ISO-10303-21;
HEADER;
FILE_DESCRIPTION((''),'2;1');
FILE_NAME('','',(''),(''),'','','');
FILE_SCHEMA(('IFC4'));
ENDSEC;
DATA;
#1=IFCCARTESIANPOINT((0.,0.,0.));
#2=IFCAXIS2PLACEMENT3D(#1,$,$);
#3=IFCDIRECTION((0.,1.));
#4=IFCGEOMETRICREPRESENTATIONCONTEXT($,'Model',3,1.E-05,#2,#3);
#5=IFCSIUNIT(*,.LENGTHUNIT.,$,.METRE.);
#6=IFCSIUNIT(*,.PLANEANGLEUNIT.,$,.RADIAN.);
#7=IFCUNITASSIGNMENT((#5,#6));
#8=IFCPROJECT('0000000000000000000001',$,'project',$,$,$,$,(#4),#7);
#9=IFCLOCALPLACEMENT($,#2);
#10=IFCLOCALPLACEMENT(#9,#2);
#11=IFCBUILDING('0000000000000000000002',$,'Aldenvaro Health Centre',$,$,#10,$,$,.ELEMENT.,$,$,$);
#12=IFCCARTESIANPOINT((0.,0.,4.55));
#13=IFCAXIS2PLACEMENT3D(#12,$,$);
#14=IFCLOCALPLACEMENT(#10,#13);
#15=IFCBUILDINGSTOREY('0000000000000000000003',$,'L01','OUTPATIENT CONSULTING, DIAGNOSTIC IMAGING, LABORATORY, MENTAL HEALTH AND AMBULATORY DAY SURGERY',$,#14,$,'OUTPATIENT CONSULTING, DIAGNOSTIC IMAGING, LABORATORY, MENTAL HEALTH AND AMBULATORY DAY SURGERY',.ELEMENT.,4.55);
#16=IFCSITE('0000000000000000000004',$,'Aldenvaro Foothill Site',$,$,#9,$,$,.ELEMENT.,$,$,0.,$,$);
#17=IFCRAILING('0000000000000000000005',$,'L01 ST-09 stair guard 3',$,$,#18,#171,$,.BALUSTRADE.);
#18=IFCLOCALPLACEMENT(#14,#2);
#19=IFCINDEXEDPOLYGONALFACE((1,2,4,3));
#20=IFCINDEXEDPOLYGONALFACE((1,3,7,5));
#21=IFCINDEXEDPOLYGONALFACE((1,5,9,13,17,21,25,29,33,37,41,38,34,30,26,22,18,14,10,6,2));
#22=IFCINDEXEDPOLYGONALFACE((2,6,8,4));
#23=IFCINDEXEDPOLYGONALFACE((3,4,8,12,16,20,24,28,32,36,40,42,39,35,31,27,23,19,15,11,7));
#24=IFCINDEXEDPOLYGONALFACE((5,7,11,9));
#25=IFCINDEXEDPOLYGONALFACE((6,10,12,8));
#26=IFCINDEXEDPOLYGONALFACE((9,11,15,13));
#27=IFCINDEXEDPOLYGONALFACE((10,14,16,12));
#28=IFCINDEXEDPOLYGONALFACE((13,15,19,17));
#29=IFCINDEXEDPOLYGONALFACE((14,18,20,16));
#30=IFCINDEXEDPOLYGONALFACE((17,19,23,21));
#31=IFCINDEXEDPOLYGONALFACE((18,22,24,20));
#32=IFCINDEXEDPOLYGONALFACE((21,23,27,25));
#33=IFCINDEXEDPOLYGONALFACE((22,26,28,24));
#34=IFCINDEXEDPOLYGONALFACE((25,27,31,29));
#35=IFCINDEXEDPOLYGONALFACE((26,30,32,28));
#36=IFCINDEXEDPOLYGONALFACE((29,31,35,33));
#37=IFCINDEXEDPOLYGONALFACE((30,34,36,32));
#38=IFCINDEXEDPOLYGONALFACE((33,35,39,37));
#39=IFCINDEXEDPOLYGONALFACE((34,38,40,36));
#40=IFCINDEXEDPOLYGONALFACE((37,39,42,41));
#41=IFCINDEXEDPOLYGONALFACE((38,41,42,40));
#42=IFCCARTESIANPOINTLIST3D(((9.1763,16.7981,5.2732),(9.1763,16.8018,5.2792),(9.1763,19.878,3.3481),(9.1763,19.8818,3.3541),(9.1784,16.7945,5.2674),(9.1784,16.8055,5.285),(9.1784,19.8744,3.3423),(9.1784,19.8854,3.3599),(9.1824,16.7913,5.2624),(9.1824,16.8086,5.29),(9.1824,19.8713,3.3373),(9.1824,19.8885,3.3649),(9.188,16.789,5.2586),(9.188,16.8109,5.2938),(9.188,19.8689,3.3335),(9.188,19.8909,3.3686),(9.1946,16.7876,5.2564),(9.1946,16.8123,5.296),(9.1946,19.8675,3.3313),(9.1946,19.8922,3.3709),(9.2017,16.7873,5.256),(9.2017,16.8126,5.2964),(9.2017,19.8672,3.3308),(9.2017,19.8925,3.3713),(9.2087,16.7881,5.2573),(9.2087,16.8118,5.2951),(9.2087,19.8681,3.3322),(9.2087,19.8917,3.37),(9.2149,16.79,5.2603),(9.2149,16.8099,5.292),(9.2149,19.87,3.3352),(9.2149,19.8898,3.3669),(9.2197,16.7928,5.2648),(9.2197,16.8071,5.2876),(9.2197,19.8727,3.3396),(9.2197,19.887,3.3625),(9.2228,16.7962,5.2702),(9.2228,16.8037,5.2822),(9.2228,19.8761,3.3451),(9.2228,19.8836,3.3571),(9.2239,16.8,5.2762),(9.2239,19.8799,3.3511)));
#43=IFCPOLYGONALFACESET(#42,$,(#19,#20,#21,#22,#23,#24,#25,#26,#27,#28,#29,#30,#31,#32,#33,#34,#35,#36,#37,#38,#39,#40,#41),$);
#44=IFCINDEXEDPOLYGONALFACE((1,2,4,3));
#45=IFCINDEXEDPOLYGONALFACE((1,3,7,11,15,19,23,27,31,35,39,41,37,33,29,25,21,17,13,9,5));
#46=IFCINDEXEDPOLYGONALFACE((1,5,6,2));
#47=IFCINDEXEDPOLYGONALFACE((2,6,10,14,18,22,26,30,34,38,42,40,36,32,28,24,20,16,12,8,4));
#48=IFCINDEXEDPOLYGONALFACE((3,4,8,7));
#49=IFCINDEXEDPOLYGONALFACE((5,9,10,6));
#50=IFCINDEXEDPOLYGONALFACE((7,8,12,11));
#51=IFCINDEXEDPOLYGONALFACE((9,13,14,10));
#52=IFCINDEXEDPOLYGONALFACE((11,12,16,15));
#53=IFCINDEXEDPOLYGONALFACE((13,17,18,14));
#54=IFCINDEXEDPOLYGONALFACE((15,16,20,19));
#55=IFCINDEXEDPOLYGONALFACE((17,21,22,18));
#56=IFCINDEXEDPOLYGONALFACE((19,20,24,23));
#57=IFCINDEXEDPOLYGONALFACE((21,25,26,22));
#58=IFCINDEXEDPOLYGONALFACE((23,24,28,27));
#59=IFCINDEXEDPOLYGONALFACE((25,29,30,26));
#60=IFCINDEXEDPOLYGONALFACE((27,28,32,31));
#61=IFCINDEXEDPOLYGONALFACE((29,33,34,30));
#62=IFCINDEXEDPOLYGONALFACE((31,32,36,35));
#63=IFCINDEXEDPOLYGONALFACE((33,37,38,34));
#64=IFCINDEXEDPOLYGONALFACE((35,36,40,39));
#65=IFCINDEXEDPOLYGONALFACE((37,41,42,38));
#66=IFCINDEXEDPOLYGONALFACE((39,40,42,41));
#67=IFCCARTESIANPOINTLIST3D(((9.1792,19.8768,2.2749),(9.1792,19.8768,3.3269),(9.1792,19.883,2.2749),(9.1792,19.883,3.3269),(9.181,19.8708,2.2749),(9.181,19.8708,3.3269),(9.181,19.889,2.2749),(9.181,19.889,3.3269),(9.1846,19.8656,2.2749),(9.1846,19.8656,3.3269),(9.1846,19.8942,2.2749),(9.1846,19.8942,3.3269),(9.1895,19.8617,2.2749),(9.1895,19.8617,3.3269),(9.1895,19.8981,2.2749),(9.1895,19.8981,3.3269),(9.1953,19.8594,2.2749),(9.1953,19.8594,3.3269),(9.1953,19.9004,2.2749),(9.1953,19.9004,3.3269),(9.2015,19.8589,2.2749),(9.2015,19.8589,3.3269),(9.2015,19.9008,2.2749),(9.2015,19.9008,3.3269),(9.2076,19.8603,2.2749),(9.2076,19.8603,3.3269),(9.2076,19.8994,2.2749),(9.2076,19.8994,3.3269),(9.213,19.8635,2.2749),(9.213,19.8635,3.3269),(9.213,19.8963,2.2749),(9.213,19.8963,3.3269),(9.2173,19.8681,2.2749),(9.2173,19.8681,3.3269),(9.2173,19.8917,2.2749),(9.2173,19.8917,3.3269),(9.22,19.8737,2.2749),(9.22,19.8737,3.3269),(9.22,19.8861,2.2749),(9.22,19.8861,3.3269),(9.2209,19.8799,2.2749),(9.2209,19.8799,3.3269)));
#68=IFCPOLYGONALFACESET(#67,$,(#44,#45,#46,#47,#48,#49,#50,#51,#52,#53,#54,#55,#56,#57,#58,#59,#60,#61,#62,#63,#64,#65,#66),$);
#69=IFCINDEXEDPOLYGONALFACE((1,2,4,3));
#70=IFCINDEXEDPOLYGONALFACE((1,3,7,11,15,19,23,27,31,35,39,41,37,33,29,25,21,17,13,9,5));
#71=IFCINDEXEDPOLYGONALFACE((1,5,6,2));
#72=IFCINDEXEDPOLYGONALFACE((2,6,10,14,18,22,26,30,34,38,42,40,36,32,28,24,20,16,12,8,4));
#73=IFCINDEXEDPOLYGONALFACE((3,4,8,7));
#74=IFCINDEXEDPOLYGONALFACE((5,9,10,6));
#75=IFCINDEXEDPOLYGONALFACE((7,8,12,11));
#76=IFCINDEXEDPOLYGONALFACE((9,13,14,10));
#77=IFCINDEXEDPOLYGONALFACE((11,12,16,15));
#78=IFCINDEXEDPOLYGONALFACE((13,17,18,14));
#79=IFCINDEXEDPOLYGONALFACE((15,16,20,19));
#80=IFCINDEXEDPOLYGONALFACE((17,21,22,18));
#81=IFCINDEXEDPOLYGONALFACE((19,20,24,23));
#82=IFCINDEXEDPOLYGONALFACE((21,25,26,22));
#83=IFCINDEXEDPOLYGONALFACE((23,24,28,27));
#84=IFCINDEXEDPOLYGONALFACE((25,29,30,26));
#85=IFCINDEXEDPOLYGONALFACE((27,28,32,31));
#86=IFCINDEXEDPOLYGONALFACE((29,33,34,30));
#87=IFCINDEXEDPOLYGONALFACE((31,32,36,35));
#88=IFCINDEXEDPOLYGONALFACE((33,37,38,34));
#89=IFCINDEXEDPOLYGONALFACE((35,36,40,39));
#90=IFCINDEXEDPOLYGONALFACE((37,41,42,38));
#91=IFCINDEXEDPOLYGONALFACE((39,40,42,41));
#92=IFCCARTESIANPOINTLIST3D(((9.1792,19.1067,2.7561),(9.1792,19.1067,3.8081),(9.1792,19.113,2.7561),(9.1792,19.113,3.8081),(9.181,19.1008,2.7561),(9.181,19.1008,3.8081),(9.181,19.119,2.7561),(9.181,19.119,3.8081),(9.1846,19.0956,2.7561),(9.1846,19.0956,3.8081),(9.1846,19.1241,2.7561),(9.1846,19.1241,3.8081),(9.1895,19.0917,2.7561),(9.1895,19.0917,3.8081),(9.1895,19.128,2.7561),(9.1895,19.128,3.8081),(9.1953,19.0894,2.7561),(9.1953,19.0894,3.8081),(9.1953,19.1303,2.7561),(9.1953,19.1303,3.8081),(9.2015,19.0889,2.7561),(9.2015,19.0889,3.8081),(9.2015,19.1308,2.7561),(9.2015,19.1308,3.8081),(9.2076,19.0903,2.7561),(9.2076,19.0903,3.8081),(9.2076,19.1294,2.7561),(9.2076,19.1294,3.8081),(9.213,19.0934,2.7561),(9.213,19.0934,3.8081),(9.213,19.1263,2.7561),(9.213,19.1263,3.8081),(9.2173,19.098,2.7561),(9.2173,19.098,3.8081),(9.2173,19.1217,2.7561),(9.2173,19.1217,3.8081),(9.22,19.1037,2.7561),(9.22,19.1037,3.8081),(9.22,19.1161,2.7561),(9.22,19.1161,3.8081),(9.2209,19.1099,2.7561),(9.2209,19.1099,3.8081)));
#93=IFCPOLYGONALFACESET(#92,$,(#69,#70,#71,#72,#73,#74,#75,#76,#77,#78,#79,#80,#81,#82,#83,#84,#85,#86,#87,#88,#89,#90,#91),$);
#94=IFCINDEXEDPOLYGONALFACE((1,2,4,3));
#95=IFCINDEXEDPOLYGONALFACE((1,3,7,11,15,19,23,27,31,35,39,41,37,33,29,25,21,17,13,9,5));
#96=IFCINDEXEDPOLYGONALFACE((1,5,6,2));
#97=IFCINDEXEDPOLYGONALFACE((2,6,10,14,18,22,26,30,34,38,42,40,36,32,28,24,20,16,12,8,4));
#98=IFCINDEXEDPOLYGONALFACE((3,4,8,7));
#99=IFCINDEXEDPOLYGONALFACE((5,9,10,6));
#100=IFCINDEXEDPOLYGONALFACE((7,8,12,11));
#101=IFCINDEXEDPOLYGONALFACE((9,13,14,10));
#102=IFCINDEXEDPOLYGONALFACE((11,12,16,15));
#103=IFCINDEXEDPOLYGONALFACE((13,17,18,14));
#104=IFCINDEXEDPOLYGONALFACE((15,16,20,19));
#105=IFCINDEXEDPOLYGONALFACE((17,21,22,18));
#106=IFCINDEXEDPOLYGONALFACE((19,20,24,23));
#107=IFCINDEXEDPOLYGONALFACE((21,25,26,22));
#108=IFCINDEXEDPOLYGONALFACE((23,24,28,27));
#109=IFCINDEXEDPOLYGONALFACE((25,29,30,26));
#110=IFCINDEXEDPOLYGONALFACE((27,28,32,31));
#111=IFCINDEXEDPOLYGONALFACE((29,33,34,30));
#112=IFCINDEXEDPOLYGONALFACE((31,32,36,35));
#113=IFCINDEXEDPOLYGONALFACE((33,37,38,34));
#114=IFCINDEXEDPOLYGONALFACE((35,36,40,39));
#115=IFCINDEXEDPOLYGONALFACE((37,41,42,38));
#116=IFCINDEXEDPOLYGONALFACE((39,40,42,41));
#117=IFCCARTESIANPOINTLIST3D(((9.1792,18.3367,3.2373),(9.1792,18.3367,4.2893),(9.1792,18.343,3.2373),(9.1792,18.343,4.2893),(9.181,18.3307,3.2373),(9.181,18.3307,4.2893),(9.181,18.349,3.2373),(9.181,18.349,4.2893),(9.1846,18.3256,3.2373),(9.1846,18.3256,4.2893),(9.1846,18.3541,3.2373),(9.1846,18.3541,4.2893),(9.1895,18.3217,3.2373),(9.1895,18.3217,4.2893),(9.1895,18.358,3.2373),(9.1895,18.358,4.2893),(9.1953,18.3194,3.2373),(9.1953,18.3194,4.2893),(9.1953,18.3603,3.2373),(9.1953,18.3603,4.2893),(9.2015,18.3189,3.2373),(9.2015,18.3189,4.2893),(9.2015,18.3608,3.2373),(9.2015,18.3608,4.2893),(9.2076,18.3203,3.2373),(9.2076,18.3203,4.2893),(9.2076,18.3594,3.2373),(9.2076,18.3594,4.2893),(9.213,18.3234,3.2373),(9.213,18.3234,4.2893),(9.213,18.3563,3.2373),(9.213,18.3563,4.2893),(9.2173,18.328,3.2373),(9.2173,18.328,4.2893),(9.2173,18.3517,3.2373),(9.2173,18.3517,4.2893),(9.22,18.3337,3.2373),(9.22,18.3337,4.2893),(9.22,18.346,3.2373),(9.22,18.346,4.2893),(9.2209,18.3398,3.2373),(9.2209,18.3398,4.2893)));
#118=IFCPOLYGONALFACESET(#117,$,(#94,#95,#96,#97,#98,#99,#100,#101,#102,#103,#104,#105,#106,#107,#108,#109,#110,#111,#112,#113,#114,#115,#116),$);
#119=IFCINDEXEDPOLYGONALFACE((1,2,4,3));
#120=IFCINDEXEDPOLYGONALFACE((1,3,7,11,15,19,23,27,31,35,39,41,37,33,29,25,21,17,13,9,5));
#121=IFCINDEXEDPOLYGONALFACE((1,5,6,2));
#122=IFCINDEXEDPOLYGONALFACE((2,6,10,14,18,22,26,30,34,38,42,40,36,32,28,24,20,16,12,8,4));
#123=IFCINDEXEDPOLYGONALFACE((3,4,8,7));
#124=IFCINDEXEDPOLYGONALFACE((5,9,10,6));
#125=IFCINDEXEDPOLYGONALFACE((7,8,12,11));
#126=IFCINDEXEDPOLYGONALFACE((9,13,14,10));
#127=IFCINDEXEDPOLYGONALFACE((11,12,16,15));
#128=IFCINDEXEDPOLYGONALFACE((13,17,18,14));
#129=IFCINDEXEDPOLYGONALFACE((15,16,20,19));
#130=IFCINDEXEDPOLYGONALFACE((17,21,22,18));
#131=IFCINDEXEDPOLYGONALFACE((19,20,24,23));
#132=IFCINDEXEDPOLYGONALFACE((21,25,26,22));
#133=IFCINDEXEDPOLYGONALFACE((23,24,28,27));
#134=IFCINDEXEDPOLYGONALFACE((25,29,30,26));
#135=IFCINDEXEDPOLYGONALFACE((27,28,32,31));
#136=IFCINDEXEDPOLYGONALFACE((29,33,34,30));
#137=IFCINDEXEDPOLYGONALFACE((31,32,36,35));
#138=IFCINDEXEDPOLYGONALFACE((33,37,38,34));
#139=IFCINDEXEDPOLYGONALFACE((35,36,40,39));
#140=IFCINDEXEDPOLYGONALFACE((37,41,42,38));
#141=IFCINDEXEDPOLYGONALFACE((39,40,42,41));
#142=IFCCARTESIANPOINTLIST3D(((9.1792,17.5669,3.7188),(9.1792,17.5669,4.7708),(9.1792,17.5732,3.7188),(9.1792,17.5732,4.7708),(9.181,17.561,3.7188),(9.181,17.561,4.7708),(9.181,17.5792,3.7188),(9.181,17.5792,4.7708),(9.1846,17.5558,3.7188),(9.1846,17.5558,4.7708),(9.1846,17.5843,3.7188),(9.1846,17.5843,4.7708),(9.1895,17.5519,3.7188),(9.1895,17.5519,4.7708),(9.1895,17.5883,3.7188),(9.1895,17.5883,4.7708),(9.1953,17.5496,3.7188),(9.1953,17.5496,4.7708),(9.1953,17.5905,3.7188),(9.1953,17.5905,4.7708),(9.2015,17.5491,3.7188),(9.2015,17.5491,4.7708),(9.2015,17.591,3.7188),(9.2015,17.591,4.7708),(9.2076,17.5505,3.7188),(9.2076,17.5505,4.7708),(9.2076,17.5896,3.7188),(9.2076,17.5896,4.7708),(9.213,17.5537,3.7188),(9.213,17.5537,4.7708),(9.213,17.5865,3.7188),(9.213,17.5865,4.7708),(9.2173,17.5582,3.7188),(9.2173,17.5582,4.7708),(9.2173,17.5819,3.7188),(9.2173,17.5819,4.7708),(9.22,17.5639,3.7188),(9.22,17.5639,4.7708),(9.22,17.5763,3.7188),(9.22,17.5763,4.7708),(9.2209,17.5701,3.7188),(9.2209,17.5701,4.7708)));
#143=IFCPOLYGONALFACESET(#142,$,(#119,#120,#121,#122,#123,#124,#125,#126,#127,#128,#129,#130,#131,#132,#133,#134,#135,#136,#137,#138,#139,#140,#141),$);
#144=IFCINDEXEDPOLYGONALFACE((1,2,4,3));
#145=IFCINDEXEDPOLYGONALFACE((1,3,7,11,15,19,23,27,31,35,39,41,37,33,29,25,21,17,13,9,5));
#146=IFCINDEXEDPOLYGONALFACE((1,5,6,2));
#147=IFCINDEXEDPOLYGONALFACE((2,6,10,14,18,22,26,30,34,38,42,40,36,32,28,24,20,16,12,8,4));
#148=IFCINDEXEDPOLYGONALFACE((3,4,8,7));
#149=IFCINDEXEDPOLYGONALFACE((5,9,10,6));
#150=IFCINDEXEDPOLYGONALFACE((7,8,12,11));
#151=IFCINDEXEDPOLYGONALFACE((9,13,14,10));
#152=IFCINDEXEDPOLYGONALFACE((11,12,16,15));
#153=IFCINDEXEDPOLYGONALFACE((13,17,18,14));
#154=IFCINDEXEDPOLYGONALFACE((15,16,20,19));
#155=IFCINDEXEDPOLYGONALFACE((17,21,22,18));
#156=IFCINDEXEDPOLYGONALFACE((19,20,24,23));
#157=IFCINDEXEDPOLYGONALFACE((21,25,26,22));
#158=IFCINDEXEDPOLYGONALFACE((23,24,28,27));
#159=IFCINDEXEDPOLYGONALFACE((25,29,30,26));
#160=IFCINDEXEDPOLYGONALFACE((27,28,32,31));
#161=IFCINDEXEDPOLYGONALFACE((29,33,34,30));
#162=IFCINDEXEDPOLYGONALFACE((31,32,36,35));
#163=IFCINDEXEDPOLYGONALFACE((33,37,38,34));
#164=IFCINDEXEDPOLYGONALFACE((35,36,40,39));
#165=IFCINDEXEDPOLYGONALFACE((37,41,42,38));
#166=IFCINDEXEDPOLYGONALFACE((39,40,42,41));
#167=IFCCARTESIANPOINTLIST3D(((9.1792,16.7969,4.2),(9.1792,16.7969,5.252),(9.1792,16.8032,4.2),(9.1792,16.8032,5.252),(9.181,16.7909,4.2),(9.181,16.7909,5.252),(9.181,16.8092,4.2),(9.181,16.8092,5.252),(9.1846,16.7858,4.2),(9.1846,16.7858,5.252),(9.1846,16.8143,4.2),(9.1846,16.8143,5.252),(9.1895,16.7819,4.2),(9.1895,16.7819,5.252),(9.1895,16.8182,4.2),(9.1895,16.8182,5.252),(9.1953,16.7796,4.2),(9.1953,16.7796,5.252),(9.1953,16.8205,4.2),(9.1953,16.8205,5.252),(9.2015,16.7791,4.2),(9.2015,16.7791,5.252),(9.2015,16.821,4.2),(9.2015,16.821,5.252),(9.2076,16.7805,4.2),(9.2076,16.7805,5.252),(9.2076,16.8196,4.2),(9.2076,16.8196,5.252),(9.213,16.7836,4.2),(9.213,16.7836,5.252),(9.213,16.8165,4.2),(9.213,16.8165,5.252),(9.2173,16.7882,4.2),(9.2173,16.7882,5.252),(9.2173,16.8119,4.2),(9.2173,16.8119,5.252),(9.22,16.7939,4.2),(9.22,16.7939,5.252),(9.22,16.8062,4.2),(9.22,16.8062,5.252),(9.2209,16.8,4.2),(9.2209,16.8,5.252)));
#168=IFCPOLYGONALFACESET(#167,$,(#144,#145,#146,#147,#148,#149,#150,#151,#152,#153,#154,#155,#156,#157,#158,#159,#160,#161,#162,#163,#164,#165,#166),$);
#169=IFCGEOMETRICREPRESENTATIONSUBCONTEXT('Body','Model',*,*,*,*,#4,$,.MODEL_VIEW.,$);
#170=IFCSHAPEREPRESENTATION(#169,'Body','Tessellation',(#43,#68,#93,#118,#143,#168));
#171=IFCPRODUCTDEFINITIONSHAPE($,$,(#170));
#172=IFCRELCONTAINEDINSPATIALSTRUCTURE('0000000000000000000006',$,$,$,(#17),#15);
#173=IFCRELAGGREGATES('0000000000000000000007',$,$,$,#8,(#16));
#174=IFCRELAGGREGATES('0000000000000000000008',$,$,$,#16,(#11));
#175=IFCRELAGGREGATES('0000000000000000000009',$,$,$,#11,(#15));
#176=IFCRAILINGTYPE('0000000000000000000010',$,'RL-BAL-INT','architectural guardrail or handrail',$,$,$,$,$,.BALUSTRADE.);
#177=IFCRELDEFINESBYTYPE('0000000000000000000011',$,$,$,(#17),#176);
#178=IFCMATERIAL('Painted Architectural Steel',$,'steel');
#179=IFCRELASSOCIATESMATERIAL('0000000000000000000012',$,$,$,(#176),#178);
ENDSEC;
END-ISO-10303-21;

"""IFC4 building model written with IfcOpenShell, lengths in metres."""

from ifc_helpers import new_model, si_unit, direction, frame, origin, origin_2d, place, context, subcontext, project, spatial, circle, extrude, material, type_object, element, save


model = new_model("IFC4")

# Units and contexts
model_context = context("Model", 3, precision=1e-05, world=origin(), true_north=direction((0.0, 1.0)))
body_context = subcontext(model_context, "Body", "Model", "MODEL_VIEW")
ifc_project = project(units=[si_unit("LENGTHUNIT", "METRE"), si_unit("PLANEANGLEUNIT", "RADIAN")], contexts=[model_context])

# Site, building, storey
site_placement = place(None, origin())
site = spatial("IfcSite", under=ifc_project, at=site_placement, Name="Aldenvaro Foothill Site", CompositionType="ELEMENT", RefElevation=0.0)
building_placement = place(site_placement, origin())
building = spatial("IfcBuilding", under=site, at=building_placement, Name="Aldenvaro Health Centre", CompositionType="ELEMENT")
storey_placement = place(building_placement, frame((0.0, 0.0, 4.55)))
storey = spatial("IfcBuildingStorey", under=building, at=storey_placement, Name="L01", Description="OUTPATIENT CONSULTING, DIAGNOSTIC IMAGING, LABORATORY, MENTAL HEALTH AND AMBULATORY DAY SURGERY", LongName="OUTPATIENT CONSULTING, DIAGNOSTIC IMAGING, LABORATORY, MENTAL HEALTH AND AMBULATORY DAY SURGERY", CompositionType="ELEMENT", Elevation=4.55)

# Railing
ifc_material_1 = material(Name="Painted Architectural Steel", Category="steel")
railing_type = type_object("IfcRailingType", Name="RL-BAL-INT", Description="architectural guardrail or handrail", PredefinedType="BALUSTRADE", material=ifc_material_1)
railing_1_placement = place(storey_placement, frame((9.2, 19.8799, 2.2749)))
element("IfcRailing", 1, at=railing_1_placement, inside=storey, type_object=railing_type, Name="L01 ST-09 stair guard 3", PredefinedType="BALUSTRADE", context=body_context, shape_type="SweptSolid", body=[
    extrude(circle(Radius=0.0239, at=origin_2d()), frame((0.0, 0.0, 1.0762), z_axis=(0.0, -0.847979, 0.530029), x_axis=(1.0, 0.0, 0.0)), (0.0, 0.0, 1.0), 3.6321),
    extrude(circle(Radius=0.021, at=origin_2d()), origin(), (0.0, 0.0, 1.0), 1.052),
    extrude(circle(Radius=0.021, at=origin_2d()), frame((0.0, -0.77, 0.4812)), (0.0, 0.0, 1.0), 1.052),
    extrude(circle(Radius=0.021, at=origin_2d()), frame((0.0, -1.54, 0.9624)), (0.0, 0.0, 1.0), 1.052),
    extrude(circle(Radius=0.021, at=origin_2d()), frame((0.0, -2.3098, 1.4438)), (0.0, 0.0, 1.0), 1.052),
    extrude(circle(Radius=0.021, at=origin_2d()), frame((0.0, -3.0798, 1.925)), (0.0, 0.0, 1.0), 1.052),
])

save(model, "model.ifc")
